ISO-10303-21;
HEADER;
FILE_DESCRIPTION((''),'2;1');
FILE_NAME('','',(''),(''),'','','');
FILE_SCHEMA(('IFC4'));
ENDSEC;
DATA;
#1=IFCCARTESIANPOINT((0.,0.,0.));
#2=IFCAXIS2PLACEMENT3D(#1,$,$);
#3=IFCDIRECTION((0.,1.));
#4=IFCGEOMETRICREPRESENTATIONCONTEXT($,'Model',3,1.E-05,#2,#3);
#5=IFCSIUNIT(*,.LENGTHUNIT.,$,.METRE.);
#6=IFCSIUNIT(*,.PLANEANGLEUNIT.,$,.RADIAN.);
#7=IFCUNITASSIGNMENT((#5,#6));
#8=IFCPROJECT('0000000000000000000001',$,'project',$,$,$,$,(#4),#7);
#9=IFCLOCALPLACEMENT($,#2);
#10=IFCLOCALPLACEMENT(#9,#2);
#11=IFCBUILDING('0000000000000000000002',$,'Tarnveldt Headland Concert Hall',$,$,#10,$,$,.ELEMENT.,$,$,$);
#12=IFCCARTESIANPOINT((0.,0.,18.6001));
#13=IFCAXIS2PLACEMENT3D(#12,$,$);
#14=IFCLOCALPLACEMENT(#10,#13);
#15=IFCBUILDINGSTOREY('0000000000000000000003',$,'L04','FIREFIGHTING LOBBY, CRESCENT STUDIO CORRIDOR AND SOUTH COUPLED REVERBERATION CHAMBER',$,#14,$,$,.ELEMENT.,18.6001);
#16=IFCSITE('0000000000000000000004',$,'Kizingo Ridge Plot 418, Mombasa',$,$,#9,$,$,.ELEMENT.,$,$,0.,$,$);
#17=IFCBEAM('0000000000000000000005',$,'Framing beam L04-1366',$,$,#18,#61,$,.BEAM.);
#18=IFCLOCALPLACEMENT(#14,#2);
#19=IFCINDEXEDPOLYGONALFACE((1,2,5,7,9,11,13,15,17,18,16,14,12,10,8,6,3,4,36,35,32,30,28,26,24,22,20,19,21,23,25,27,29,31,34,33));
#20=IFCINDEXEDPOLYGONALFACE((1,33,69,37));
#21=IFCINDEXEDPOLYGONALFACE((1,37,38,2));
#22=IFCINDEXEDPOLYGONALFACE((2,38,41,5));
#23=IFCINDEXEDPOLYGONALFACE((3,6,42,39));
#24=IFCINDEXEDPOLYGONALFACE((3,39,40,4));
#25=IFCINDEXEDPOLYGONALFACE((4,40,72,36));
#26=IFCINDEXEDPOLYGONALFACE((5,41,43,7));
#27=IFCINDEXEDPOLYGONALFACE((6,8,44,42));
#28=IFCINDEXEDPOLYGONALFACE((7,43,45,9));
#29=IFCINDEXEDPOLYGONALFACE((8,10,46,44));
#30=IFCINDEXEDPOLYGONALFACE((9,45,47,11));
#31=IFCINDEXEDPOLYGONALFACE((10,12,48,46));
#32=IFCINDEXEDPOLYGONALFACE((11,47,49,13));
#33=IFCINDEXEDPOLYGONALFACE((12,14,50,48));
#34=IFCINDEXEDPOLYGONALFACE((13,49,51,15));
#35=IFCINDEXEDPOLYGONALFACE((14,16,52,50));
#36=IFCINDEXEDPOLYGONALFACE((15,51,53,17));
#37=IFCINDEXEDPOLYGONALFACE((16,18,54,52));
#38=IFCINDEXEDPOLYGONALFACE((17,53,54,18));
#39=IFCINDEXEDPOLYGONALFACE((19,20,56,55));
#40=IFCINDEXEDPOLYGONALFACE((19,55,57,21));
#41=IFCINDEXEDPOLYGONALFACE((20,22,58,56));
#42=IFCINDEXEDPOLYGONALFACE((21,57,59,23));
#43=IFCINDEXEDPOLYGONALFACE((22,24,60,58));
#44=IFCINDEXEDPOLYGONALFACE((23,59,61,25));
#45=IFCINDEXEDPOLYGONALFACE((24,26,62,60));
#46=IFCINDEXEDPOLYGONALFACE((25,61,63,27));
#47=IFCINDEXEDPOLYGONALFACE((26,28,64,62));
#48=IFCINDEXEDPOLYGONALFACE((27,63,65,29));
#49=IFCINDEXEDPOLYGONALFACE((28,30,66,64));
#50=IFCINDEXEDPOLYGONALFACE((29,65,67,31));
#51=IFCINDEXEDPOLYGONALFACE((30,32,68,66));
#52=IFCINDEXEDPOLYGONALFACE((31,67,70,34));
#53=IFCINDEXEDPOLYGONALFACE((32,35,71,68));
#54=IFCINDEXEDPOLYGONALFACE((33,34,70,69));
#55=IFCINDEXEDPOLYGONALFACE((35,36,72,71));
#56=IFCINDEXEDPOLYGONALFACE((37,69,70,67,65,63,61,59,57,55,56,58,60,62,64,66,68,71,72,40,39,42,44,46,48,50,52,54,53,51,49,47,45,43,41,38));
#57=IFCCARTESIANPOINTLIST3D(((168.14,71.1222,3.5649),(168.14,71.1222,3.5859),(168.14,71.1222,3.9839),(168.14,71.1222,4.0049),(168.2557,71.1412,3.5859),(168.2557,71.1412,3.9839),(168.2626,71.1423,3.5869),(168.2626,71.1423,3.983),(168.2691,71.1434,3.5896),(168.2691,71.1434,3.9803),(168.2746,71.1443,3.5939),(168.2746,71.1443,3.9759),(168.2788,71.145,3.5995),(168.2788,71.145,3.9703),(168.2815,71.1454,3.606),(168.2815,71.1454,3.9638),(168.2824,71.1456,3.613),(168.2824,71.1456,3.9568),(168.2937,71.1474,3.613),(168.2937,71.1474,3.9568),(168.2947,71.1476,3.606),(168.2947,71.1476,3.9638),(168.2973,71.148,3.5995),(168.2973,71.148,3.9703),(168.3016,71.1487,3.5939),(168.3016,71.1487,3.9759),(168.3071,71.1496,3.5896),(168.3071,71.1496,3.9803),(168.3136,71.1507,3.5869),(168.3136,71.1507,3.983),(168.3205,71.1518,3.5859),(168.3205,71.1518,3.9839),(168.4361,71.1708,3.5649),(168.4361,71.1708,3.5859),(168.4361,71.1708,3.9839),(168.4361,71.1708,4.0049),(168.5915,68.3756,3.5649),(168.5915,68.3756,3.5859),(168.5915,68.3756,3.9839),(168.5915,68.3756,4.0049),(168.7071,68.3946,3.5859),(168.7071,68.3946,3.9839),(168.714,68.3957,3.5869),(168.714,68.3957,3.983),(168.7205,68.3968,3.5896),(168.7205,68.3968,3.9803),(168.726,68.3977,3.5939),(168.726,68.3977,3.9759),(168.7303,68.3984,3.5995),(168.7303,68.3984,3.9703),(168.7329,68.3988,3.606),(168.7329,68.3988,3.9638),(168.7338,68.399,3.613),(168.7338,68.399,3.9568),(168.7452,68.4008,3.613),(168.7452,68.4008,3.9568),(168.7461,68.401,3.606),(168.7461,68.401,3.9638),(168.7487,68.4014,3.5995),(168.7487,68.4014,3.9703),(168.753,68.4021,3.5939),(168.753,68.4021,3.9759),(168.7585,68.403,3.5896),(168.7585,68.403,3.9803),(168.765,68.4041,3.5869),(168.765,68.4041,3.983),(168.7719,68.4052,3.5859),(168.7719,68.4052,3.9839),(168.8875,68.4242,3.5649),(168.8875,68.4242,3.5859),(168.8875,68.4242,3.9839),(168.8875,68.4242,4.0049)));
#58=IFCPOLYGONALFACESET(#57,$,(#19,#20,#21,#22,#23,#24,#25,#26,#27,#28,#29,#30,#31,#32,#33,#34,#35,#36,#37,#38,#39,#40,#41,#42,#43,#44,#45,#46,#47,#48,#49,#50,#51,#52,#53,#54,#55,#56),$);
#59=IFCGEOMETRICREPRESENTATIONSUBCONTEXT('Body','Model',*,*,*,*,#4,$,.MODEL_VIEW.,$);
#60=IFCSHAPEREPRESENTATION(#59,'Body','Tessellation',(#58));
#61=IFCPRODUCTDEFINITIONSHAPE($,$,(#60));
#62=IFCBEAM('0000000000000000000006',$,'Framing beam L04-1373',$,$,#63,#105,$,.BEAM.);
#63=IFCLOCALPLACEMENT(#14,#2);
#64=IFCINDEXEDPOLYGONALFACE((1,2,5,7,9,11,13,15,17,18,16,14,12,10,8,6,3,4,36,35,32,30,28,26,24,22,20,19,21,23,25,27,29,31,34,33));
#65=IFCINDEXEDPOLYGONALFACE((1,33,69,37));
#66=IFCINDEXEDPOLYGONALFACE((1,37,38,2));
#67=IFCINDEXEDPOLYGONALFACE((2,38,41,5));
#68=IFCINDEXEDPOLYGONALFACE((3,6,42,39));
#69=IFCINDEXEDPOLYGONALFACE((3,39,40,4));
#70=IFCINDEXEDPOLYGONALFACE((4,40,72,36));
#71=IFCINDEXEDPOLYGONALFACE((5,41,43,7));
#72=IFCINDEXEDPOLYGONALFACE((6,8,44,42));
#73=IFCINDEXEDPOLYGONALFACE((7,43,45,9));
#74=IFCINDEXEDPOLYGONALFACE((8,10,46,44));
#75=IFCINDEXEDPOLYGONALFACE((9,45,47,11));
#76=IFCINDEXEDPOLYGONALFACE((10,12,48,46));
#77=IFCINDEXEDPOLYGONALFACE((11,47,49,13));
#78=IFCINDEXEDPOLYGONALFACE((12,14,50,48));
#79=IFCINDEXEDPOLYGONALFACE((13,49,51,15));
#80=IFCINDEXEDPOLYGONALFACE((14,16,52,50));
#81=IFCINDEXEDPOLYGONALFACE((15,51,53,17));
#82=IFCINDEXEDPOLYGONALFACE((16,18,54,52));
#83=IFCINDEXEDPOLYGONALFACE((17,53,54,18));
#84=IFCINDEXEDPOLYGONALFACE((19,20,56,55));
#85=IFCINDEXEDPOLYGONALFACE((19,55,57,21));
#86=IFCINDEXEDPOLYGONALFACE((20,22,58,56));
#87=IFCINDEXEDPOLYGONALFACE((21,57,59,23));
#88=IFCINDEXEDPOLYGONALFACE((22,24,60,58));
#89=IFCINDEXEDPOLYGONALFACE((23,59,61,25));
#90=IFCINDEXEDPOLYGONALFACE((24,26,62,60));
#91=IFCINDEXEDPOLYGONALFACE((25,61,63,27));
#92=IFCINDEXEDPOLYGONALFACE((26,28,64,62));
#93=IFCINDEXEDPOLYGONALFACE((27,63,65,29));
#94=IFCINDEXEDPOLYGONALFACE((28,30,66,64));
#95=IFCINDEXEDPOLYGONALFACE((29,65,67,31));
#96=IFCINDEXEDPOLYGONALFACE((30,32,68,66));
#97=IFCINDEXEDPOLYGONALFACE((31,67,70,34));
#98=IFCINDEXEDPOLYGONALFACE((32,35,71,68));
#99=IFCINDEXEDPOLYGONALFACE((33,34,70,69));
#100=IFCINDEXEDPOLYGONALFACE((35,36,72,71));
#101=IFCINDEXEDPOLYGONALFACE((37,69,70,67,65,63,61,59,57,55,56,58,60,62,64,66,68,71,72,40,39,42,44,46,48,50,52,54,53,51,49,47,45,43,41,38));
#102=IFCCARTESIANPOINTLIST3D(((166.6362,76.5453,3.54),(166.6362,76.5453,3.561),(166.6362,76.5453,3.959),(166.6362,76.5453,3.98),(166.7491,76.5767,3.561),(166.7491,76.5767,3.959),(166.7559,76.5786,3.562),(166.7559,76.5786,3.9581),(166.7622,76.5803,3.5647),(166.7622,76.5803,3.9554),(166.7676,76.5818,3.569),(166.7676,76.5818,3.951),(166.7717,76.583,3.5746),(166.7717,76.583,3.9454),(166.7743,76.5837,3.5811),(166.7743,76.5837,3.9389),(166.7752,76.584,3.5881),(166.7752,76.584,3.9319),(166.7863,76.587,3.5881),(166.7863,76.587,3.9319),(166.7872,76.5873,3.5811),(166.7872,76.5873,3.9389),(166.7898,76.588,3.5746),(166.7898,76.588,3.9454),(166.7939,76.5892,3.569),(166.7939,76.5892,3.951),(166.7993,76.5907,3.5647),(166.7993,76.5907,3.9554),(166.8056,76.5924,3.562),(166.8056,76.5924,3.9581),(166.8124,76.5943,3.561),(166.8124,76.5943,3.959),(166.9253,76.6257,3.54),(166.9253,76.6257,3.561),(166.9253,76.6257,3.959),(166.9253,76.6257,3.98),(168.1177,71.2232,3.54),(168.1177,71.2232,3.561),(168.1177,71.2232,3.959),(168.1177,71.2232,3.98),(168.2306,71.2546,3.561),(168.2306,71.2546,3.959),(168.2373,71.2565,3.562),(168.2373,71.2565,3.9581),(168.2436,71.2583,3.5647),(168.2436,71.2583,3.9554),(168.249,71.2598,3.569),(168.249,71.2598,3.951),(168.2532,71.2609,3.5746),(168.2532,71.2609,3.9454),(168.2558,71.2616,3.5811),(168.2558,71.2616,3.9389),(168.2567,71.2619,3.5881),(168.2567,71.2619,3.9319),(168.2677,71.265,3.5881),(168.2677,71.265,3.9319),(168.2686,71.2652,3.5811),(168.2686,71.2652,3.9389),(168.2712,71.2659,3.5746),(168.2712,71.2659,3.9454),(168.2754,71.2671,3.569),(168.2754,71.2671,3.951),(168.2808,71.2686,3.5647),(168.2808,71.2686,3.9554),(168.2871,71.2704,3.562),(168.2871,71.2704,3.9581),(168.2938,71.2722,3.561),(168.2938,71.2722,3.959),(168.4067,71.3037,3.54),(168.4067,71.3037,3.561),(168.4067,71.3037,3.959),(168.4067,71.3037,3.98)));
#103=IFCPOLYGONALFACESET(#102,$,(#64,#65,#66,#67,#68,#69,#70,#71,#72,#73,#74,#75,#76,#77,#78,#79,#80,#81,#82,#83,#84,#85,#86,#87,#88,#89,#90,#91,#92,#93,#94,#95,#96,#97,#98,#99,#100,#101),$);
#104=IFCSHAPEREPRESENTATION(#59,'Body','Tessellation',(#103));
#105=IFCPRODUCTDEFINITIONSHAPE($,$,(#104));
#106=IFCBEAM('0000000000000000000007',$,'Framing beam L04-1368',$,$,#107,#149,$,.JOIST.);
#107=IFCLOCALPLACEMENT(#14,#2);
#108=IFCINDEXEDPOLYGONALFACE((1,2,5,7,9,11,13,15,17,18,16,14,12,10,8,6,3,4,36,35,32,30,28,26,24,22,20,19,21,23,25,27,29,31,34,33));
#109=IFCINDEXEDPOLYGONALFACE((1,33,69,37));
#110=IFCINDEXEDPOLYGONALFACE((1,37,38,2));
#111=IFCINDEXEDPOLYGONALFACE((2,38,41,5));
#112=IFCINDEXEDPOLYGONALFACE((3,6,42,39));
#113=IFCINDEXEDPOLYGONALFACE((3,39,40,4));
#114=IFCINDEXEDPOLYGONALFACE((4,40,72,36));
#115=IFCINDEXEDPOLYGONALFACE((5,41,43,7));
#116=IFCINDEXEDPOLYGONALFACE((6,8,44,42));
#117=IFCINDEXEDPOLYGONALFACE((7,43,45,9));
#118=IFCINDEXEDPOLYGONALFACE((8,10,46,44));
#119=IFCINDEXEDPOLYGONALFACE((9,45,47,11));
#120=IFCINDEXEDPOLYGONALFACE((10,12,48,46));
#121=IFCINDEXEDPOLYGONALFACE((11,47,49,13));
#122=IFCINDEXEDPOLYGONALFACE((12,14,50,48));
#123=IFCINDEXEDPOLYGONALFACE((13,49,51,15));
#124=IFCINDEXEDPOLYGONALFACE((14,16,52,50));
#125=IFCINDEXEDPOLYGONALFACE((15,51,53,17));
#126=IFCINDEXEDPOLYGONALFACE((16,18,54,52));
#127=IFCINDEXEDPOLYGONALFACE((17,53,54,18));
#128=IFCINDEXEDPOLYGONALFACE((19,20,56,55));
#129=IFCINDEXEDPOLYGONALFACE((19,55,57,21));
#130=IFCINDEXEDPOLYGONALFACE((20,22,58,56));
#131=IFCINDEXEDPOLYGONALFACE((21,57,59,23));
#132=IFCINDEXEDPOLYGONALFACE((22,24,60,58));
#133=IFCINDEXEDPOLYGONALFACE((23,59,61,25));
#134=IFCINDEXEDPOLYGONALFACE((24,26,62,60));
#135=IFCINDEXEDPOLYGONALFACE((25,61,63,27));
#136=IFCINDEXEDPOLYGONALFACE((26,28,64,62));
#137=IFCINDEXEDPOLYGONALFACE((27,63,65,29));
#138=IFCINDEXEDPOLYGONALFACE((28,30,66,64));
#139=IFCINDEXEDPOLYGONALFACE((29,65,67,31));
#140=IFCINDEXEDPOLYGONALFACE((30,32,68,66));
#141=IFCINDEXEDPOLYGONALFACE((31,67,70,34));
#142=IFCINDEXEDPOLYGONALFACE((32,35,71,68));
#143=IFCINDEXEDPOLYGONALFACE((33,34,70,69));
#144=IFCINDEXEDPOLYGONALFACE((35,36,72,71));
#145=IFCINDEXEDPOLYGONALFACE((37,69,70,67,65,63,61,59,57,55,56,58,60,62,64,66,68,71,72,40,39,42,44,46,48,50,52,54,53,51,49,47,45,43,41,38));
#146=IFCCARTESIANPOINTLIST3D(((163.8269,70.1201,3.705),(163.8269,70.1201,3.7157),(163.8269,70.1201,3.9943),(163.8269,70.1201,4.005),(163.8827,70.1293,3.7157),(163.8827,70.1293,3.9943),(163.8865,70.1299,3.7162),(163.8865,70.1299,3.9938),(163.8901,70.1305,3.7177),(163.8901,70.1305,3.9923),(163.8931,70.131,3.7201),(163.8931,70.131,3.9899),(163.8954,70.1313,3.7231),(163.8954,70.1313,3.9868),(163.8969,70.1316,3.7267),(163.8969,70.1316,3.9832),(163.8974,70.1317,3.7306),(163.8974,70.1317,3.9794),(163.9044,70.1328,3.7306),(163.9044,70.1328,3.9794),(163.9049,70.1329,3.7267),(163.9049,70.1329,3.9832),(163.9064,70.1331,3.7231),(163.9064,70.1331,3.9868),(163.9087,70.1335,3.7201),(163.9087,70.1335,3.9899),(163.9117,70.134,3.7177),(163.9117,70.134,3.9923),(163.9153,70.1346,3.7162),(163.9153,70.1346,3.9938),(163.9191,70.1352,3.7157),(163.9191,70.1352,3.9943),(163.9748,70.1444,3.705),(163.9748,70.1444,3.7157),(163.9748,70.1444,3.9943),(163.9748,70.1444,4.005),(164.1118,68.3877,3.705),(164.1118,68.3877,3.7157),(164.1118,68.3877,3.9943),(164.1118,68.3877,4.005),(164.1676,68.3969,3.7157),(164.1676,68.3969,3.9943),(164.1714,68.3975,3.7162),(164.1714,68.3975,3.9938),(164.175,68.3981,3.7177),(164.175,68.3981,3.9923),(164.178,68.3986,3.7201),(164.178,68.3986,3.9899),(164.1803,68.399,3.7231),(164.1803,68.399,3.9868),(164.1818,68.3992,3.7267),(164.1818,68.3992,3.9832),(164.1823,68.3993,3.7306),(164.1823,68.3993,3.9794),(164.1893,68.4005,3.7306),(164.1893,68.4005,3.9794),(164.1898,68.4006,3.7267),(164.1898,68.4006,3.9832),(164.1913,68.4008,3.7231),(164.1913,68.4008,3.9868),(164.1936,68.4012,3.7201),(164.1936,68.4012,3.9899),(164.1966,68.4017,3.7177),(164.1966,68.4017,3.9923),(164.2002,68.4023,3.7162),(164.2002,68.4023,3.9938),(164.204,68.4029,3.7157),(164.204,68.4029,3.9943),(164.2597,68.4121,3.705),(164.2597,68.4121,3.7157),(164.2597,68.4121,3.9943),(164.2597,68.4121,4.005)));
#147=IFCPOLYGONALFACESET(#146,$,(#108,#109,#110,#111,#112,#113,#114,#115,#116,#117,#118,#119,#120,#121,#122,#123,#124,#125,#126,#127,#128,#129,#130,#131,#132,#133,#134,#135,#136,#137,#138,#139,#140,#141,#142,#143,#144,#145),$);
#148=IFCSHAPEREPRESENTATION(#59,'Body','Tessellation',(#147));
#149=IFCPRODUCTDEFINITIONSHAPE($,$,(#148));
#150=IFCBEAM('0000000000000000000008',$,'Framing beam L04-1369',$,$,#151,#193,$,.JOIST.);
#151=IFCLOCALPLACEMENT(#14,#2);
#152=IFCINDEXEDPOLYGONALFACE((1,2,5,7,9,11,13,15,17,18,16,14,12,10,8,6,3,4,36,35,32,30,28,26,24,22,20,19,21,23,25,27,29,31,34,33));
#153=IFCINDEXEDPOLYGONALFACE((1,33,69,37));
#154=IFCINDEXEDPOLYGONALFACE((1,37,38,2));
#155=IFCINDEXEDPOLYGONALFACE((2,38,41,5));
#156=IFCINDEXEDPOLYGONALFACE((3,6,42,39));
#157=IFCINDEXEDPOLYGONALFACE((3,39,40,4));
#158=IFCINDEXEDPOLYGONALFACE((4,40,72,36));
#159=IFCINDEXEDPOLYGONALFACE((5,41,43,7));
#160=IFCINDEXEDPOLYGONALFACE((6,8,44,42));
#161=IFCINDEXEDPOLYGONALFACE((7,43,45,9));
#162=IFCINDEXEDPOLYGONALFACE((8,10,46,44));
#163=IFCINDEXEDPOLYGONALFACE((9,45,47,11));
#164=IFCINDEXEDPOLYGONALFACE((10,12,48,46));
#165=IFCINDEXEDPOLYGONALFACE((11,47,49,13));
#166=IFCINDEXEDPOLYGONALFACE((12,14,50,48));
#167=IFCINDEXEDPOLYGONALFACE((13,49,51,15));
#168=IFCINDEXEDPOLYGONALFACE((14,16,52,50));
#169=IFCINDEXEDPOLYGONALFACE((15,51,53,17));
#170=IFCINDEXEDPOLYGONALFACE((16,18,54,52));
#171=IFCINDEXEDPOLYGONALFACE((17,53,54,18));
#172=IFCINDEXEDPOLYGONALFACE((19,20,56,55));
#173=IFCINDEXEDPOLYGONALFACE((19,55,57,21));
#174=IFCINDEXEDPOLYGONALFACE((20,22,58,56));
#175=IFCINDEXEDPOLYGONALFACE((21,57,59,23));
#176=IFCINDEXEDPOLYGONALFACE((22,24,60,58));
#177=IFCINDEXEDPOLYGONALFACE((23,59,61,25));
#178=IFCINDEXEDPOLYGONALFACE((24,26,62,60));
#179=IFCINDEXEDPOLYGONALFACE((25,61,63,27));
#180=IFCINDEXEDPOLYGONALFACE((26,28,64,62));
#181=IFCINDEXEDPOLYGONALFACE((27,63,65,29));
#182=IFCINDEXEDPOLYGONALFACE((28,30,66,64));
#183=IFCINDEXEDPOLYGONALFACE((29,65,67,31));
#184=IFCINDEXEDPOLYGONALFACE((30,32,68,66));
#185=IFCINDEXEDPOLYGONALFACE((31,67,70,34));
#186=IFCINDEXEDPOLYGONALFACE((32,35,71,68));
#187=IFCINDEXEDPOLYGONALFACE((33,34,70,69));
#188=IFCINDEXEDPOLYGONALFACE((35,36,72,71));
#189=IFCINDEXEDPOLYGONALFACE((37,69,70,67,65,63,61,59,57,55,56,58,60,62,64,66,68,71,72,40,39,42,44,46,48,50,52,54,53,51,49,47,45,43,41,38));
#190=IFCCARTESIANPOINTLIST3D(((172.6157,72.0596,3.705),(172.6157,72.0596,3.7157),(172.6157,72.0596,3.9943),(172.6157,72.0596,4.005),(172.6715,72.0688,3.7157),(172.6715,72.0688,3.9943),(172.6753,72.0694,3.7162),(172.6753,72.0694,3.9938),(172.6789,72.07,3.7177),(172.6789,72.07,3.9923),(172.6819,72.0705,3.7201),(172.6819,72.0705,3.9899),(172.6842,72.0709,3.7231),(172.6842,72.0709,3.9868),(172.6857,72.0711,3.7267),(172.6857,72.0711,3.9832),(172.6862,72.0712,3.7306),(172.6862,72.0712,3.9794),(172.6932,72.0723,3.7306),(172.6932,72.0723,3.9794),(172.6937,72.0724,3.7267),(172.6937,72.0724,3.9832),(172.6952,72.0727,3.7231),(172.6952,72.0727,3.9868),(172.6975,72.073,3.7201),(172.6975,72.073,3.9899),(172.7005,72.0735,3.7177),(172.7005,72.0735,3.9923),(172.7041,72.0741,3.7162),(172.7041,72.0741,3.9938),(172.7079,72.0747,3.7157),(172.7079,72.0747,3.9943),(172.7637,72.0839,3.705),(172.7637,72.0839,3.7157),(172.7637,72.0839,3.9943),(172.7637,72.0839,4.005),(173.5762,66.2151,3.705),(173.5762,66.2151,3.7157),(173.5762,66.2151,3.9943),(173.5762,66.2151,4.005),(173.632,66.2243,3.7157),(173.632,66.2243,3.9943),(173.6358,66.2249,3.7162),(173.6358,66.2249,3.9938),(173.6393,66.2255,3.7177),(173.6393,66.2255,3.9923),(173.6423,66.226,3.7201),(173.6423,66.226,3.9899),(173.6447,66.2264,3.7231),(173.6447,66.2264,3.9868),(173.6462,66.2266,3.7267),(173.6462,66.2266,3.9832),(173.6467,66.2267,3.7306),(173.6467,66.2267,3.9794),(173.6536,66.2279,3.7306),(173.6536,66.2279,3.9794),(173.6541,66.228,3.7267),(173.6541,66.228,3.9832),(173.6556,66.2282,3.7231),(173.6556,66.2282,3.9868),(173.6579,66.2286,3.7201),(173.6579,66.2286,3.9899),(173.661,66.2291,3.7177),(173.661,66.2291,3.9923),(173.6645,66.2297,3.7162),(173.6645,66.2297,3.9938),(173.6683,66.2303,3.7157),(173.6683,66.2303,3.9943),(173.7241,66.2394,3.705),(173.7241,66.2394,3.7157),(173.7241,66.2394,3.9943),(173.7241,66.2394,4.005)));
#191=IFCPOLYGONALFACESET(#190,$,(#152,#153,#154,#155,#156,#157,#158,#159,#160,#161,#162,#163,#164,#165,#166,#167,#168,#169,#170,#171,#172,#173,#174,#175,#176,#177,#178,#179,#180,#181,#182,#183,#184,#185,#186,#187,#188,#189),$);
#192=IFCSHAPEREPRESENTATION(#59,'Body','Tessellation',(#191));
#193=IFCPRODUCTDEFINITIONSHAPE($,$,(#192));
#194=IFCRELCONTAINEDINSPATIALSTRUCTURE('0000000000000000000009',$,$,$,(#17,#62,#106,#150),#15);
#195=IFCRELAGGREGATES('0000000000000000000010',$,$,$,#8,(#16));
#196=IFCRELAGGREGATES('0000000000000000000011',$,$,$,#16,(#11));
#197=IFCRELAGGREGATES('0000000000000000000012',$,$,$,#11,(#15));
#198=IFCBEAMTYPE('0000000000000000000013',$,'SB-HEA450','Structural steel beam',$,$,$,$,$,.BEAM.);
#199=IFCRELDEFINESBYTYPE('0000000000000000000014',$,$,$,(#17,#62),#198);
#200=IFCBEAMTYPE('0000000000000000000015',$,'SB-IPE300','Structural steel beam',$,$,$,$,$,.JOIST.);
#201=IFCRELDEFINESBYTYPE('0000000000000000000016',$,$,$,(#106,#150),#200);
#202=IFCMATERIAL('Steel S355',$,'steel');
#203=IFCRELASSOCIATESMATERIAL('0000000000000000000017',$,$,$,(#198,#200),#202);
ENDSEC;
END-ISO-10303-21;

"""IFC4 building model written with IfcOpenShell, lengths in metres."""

from ifc_helpers import new_model, si_unit, direction, frame, origin, origin_2d, place, context, subcontext, project, spatial, i_section, extrude, material, material_profile, profile_set, type_object, element, save


model = new_model("IFC4")

# Units and contexts
model_context = context("Model", 3, precision=1e-05, world=origin(), true_north=direction((0.0, 1.0)))
body_context = subcontext(model_context, "Body", "Model", "MODEL_VIEW")
ifc_project = project(units=[si_unit("LENGTHUNIT", "METRE"), si_unit("PLANEANGLEUNIT", "RADIAN")], contexts=[model_context])

# Site, building, storey
site_placement = place(None, origin())
site = spatial("IfcSite", under=ifc_project, at=site_placement, Name="Kizingo Ridge Plot 418, Mombasa", CompositionType="ELEMENT", RefElevation=0.0)
building_placement = place(site_placement, origin())
building = spatial("IfcBuilding", under=site, at=building_placement, Name="Tarnveldt Headland Concert Hall", CompositionType="ELEMENT")
storey_placement = place(building_placement, frame((0.0, 0.0, 18.6001)))
storey = spatial("IfcBuildingStorey", under=building, at=storey_placement, Name="L04", Description="FIREFIGHTING LOBBY, CRESCENT STUDIO CORRIDOR AND SOUTH COUPLED REVERBERATION CHAMBER", CompositionType="ELEMENT", Elevation=18.6001)

# Shared definitions
ifc_material_1 = material(Name="Steel S355", Category="steel")

# Beams
ifc_material_profile_1 = material_profile(ifc_material_1, i_section(OverallWidth=0.3, OverallDepth=0.4399, WebThickness=0.0115, FlangeThickness=0.021, FilletRadius=0.0271, at=origin_2d()), Name="HEA450", Category="steel")
ifc_profile_set_1 = profile_set([ifc_material_profile_1], Name="Steel S355")
beam_type_1 = type_object("IfcBeamType", Name="SB-HEA450", Description="Structural steel beam", PredefinedType="BEAM", material=ifc_profile_set_1)
beam_1_placement = place(storey_placement, frame((168.7395, 68.3999, 3.7849), z_axis=(-0.16218, 0.986761, 0.0), x_axis=(-0.986761, -0.16218, 0.0)))
element("IfcBeam", 1, at=beam_1_placement, inside=storey, type_object=beam_type_1, Name="Framing beam L04-1366", PredefinedType="BEAM", context=body_context, shape_type="SweptSolid", body=[
    extrude(i_section(OverallWidth=0.3, OverallDepth=0.4399, WebThickness=0.0115, FlangeThickness=0.021, FilletRadius=0.0271, at=origin_2d()), origin(), (0.0, 0.0, 1.0), 2.7834),
])
beam_2_placement = place(storey_placement, frame((168.2622, 71.2634, 3.76), z_axis=(-0.268166, 0.963373, 0.0), x_axis=(-0.963373, -0.268166, 0.0)))
element("IfcBeam", 2, at=beam_2_placement, inside=storey, type_object=beam_type_1, Name="Framing beam L04-1373", PredefinedType="BEAM", context=body_context, shape_type="SweptSolid", body=[
    extrude(i_section(OverallWidth=0.3, OverallDepth=0.4399, WebThickness=0.0115, FlangeThickness=0.021, FilletRadius=0.0271, at=origin_2d()), origin(), (0.0, 0.0, 1.0), 5.5244),
])
ifc_material_profile_2 = material_profile(ifc_material_1, i_section(OverallWidth=0.1499, OverallDepth=0.3, WebThickness=0.0071, FlangeThickness=0.0107, FilletRadius=0.0149, at=origin_2d()), Name="IPE300", Category="steel")
ifc_profile_set_2 = profile_set([ifc_material_profile_2], Name="Steel S355")
beam_type_2 = type_object("IfcBeamType", Name="SB-IPE300", Description="Structural steel beam", PredefinedType="JOIST", material=ifc_profile_set_2)
beam_3_placement = place(storey_placement, frame((164.1858, 68.3999, 3.855), z_axis=(-0.162279, 0.986745, 0.0), x_axis=(-0.986745, -0.162279, 0.0)))
element("IfcBeam", 3, at=beam_3_placement, inside=storey, type_object=beam_type_2, Name="Framing beam L04-1368", PredefinedType="JOIST", context=body_context, shape_type="SweptSolid", body=[
    extrude(i_section(OverallWidth=0.1499, OverallDepth=0.3, WebThickness=0.0071, FlangeThickness=0.0107, FilletRadius=0.0149, at=origin_2d()), origin(), (0.0, 0.0, 1.0), 1.7556),
])
beam_4_placement = place(storey_placement, frame((173.6501, 66.2273, 3.855), z_axis=(-0.162159, 0.986765, 0.0), x_axis=(-0.986765, -0.162159, 0.0)))
element("IfcBeam", 4, at=beam_4_placement, inside=storey, type_object=beam_type_2, Name="Framing beam L04-1369", PredefinedType="JOIST", context=body_context, shape_type="SweptSolid", body=[
    extrude(i_section(OverallWidth=0.1499, OverallDepth=0.3, WebThickness=0.0071, FlangeThickness=0.0107, FilletRadius=0.0149, at=origin_2d()), origin(), (0.0, 0.0, 1.0), 5.9229),
])

save(model, "model.ifc")
